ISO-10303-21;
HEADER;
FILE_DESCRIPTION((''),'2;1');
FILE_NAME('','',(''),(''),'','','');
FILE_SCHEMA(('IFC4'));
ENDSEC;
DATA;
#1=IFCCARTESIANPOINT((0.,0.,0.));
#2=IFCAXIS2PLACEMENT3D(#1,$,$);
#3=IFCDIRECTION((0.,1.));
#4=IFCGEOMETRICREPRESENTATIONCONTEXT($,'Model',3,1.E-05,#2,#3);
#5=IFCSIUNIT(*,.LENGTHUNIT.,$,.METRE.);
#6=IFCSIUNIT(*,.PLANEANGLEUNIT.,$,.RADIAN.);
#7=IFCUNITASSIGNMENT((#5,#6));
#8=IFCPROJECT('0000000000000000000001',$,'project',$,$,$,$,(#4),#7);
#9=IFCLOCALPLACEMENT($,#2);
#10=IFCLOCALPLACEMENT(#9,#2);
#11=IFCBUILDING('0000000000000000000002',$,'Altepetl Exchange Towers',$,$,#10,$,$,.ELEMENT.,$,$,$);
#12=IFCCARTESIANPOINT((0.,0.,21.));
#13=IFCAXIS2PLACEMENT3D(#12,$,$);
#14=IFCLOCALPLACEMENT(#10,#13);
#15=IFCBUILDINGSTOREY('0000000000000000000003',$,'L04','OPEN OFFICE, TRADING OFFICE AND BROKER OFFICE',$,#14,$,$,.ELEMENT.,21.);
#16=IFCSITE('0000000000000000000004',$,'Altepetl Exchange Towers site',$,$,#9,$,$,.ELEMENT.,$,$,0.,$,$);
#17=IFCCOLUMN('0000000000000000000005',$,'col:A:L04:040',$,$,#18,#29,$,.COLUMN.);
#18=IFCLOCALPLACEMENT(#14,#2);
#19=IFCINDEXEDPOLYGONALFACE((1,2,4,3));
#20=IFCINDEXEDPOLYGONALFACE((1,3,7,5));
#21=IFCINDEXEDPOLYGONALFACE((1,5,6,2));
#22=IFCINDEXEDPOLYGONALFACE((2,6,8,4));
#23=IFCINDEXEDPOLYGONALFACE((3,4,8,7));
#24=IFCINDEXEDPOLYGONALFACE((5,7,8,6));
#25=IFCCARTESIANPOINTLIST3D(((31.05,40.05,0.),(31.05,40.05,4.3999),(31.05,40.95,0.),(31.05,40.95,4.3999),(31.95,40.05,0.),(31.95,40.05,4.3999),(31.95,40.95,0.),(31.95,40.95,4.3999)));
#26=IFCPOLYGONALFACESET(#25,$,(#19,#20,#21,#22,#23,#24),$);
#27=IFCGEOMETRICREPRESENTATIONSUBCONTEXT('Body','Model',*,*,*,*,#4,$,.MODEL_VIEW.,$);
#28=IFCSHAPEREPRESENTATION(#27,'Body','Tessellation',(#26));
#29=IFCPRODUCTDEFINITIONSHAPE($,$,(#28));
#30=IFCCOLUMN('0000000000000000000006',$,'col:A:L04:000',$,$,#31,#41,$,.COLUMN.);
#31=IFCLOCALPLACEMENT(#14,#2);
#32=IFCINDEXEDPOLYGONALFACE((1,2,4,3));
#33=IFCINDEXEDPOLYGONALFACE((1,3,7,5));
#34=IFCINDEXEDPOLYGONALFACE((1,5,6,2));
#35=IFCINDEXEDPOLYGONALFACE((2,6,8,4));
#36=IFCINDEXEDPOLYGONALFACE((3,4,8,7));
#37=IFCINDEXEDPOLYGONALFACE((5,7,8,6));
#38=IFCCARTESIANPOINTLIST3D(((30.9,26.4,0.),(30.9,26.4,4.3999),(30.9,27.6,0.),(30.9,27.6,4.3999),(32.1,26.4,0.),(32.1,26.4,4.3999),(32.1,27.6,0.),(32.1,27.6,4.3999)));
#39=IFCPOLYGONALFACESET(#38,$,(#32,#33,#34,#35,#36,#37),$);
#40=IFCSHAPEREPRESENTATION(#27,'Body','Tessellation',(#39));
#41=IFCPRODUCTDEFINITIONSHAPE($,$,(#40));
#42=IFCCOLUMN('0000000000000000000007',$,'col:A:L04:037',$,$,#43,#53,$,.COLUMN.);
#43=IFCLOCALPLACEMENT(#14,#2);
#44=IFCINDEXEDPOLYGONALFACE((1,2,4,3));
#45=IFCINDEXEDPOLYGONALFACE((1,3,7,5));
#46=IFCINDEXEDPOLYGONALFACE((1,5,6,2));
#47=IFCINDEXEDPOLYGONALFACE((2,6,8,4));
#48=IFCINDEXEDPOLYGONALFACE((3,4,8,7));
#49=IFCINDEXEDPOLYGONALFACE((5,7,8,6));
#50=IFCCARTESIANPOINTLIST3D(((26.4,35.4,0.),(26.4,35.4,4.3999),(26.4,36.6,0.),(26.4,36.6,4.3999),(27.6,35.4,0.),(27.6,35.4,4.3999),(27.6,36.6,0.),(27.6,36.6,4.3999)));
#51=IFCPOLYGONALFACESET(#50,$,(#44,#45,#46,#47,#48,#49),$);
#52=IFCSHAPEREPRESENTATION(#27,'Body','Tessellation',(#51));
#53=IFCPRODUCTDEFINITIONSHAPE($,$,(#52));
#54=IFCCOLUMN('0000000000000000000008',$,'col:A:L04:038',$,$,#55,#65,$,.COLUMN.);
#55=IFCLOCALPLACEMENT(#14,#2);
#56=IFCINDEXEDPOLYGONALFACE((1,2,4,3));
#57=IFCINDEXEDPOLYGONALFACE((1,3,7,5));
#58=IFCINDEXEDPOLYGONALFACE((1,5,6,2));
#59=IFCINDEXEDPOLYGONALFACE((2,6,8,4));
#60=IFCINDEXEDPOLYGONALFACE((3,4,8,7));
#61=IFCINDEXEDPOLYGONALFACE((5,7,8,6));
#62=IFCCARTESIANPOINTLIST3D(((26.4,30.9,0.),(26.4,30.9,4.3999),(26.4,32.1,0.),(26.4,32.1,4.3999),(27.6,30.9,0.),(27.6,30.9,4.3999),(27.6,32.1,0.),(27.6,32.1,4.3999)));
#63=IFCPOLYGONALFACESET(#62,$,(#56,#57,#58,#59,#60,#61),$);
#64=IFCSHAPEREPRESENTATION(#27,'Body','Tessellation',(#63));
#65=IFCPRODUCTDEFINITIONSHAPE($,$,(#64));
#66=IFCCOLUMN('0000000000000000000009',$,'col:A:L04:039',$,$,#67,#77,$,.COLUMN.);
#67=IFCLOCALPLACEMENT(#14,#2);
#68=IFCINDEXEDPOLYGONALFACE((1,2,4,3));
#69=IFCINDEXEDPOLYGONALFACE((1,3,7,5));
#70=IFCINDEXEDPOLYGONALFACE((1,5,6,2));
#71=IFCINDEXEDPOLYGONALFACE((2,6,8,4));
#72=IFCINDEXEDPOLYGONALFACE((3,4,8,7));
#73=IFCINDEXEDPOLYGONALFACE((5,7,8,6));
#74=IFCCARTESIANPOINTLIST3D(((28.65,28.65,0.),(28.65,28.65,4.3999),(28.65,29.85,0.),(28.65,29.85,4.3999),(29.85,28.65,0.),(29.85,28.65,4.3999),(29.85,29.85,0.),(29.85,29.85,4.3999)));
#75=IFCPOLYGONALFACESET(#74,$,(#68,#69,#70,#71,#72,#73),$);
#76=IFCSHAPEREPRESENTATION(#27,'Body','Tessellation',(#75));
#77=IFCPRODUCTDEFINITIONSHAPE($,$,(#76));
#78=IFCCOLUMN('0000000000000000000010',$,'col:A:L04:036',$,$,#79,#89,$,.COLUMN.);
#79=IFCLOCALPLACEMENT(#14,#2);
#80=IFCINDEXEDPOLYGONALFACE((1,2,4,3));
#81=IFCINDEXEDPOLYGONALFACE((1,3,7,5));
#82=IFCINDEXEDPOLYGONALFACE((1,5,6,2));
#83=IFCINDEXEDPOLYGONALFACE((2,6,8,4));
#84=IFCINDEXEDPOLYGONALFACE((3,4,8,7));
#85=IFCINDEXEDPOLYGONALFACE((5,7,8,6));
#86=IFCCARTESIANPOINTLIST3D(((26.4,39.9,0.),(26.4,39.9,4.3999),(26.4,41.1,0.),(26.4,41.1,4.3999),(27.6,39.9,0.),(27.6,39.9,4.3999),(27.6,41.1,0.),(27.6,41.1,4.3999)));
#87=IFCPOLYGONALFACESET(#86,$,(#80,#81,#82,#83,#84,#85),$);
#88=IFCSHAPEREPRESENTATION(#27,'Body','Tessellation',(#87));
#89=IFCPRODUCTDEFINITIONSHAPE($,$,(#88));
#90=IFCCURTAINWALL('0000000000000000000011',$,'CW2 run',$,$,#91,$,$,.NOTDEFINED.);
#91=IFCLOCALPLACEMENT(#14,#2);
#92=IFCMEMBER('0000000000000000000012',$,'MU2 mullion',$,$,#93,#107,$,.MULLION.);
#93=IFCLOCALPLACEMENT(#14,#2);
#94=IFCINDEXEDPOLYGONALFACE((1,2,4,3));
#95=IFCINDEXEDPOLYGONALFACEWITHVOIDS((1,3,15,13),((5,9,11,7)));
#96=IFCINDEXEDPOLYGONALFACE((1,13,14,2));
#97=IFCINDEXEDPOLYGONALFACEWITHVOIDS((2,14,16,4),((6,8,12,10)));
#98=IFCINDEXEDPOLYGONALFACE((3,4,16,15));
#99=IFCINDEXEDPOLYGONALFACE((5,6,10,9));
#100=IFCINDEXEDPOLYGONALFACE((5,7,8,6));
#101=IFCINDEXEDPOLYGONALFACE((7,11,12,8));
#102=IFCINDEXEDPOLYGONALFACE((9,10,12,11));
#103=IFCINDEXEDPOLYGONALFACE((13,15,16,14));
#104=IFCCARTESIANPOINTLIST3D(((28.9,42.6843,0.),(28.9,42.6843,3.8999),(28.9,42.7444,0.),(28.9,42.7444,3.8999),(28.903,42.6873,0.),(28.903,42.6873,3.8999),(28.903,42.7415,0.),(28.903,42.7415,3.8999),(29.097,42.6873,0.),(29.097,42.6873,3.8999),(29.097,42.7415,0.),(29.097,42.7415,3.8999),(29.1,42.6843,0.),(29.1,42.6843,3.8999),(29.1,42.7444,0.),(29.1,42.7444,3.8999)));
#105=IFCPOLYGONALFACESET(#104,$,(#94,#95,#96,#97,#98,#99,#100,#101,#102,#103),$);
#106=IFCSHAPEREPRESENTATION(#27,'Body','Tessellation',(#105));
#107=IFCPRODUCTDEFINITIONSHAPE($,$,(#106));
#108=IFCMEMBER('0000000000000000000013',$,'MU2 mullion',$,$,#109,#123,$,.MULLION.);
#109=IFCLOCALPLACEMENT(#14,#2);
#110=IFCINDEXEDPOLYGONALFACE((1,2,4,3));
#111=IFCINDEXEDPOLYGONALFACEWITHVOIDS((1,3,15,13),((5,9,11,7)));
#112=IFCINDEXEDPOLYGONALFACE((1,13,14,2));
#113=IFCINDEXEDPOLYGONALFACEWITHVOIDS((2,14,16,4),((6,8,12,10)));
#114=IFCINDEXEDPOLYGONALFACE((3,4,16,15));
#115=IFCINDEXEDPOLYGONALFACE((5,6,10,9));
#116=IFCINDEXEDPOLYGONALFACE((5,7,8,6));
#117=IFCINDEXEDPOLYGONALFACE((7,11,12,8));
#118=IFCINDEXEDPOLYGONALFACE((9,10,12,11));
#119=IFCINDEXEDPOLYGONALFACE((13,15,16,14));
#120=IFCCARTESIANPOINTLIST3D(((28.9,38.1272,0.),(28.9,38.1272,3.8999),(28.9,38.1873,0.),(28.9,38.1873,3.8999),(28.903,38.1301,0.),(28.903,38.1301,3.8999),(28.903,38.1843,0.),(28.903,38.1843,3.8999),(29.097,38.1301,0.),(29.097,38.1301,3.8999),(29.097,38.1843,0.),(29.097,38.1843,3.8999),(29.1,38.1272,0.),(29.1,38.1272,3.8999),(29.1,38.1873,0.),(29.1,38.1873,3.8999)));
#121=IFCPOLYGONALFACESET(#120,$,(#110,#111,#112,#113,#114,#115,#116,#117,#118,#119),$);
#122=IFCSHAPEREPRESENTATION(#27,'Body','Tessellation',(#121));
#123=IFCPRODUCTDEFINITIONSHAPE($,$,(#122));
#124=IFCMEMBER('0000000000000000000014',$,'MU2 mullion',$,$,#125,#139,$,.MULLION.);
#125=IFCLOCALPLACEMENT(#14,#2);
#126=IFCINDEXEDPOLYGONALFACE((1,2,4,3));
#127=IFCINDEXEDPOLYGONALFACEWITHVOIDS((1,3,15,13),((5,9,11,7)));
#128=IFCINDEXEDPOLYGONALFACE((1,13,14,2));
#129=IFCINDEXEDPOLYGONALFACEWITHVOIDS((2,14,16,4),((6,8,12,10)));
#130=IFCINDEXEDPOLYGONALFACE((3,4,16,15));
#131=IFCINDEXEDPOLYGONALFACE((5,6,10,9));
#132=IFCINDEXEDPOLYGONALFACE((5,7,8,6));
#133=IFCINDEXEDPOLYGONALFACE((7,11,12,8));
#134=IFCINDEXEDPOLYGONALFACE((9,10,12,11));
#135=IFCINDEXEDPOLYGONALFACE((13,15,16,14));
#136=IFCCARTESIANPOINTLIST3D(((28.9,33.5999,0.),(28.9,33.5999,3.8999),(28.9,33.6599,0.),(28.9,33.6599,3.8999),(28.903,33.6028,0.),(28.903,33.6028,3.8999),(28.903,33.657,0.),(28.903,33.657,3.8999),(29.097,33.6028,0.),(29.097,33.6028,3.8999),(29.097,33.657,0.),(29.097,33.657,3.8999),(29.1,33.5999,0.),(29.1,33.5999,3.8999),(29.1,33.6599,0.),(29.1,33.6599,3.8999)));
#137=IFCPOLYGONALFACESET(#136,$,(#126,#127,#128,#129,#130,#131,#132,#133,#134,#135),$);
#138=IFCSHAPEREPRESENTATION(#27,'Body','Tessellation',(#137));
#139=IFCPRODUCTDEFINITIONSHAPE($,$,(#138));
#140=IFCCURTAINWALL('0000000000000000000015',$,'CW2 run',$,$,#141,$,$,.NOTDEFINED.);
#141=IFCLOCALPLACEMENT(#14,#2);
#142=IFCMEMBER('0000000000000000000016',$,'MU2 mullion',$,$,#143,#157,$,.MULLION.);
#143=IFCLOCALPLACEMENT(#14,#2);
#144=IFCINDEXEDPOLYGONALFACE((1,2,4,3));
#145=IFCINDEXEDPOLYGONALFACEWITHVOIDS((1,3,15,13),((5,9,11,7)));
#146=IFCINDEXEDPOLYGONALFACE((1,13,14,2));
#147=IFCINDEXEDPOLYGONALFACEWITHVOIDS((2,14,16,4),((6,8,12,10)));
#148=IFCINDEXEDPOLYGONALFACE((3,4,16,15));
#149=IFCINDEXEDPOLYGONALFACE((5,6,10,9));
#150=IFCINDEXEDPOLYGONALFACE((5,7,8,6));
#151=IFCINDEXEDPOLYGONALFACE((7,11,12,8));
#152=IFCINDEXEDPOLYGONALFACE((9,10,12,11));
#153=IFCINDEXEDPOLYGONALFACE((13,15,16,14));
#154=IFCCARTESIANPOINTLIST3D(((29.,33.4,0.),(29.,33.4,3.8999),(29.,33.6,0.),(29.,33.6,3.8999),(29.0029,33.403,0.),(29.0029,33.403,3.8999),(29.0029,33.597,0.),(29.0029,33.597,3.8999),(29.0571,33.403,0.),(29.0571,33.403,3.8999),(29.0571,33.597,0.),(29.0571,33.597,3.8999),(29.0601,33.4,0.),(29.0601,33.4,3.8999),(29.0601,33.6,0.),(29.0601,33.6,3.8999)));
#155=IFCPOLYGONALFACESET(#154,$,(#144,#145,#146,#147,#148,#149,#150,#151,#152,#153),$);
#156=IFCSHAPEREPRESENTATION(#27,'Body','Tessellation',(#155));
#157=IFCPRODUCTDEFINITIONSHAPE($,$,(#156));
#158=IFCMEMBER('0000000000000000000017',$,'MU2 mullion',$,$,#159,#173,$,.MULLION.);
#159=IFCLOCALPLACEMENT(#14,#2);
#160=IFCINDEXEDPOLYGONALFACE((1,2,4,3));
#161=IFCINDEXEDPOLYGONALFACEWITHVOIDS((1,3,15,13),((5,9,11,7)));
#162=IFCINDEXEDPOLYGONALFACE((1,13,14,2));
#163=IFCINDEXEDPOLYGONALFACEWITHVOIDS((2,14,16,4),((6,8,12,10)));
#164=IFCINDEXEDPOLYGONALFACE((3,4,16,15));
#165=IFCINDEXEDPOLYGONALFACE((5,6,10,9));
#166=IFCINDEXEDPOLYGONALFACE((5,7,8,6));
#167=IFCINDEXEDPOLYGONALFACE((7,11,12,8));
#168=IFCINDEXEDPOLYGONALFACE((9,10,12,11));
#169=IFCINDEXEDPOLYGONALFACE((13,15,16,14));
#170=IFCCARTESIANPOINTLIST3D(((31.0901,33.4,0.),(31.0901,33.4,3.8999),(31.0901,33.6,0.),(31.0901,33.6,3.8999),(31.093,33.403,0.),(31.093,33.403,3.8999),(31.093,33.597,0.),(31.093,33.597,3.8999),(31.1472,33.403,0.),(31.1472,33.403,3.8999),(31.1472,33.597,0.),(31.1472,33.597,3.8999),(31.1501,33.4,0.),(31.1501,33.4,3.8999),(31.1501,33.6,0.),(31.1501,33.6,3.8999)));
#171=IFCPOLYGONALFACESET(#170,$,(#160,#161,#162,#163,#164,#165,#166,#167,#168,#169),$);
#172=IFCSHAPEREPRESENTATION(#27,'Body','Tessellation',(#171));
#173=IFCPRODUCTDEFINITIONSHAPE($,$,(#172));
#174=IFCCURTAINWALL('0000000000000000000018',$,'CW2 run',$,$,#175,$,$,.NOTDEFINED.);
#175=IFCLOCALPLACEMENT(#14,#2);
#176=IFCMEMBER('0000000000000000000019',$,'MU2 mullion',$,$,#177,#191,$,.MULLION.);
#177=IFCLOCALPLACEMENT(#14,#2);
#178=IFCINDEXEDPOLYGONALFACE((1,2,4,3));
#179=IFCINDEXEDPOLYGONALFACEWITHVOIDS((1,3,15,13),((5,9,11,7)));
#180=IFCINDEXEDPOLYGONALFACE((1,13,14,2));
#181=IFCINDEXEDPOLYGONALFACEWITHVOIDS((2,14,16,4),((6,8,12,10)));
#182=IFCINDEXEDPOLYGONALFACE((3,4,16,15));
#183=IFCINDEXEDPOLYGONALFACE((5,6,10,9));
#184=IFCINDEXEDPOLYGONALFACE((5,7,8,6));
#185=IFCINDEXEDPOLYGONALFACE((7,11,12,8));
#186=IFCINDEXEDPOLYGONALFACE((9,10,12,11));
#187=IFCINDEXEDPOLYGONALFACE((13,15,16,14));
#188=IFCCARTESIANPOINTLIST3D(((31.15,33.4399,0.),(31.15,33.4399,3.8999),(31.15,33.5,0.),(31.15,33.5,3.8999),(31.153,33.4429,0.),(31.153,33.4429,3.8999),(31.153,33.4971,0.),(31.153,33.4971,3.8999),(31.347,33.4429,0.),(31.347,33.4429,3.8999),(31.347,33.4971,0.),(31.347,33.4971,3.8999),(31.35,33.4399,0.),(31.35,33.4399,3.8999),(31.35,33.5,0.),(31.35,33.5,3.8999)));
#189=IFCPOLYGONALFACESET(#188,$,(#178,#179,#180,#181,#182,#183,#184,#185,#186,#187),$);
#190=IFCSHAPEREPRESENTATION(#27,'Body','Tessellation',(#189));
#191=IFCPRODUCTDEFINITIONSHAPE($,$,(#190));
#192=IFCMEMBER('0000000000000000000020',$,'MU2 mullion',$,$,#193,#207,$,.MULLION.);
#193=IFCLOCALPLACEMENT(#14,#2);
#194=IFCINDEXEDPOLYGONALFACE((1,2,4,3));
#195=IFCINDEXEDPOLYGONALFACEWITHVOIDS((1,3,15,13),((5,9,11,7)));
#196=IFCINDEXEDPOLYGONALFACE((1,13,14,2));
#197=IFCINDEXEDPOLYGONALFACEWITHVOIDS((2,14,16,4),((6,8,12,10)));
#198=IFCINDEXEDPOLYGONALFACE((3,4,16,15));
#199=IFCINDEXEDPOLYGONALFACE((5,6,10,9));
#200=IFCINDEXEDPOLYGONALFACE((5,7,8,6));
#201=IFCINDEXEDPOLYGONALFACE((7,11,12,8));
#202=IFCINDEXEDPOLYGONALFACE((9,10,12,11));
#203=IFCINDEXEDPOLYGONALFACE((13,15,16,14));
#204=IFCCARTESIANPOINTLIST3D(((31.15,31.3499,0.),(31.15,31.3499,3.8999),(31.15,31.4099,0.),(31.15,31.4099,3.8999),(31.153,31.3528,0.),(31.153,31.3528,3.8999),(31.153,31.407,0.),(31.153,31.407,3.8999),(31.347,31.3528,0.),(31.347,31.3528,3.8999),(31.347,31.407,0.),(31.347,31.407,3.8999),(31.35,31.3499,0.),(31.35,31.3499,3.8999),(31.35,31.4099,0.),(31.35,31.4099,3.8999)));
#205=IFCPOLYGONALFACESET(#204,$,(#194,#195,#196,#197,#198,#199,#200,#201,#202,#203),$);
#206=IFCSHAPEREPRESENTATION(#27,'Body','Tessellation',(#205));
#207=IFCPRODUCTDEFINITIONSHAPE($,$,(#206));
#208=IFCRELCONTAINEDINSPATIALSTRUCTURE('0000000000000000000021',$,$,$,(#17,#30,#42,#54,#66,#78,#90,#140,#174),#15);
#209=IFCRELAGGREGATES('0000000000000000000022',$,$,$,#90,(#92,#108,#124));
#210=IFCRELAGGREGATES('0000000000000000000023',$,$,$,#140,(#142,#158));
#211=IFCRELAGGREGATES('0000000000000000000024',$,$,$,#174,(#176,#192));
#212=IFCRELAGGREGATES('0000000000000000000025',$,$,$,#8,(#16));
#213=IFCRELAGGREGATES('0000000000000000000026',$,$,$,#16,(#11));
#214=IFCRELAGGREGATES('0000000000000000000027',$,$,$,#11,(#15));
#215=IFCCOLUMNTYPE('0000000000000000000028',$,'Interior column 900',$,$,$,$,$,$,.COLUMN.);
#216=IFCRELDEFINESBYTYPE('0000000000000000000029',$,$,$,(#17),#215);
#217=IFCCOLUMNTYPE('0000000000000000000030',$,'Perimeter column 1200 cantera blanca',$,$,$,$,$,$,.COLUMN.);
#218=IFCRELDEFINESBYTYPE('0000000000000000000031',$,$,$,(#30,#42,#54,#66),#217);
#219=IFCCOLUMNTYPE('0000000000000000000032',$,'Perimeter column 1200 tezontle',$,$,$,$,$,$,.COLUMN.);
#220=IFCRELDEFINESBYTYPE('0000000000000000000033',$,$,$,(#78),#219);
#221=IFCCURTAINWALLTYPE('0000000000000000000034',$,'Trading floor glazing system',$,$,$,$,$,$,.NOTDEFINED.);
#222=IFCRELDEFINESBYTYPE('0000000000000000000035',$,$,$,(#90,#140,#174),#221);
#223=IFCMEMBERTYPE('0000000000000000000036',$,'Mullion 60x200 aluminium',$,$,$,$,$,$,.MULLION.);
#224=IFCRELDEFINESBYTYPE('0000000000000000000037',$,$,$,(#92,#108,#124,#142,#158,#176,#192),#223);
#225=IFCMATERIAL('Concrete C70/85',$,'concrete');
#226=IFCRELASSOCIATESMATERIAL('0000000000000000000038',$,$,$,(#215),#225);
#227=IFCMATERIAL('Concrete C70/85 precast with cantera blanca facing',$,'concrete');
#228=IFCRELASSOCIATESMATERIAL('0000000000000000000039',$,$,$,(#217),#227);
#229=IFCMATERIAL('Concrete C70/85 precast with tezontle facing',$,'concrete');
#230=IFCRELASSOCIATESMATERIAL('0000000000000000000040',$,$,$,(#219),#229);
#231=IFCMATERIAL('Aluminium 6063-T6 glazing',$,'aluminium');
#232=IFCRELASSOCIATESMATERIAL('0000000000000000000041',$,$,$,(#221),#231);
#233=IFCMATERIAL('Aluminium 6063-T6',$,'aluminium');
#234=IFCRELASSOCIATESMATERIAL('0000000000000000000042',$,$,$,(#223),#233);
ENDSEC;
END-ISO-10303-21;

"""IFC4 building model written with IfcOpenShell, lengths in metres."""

from ifc_helpers import new_model, si_unit, direction, frame, origin, origin_2d, place, context, subcontext, project, spatial, rectangle, hollow_rectangle, extrude, material, material_profile, profile_set, type_object, element, aggregate, save


model = new_model("IFC4")

# Units and contexts
model_context = context("Model", 3, precision=1e-05, world=origin(), true_north=direction((0.0, 1.0)))
body_context = subcontext(model_context, "Body", "Model", "MODEL_VIEW")
ifc_project = project(units=[si_unit("LENGTHUNIT", "METRE"), si_unit("PLANEANGLEUNIT", "RADIAN")], contexts=[model_context])

# Site, building, storey
site_placement = place(None, origin())
site = spatial("IfcSite", under=ifc_project, at=site_placement, Name="Altepetl Exchange Towers site", CompositionType="ELEMENT", RefElevation=0.0)
building_placement = place(site_placement, origin())
building = spatial("IfcBuilding", under=site, at=building_placement, Name="Altepetl Exchange Towers", CompositionType="ELEMENT")
storey_placement = place(building_placement, frame((0.0, 0.0, 21.0)))
storey = spatial("IfcBuildingStorey", under=building, at=storey_placement, Name="L04", Description="OPEN OFFICE, TRADING OFFICE AND BROKER OFFICE", CompositionType="ELEMENT", Elevation=21.0)

# Columns
ifc_material_1 = material(Name="Concrete C70/85", Category="concrete")
ifc_material_profile_1 = material_profile(ifc_material_1, rectangle(XDim=0.8999, YDim=0.8999, at=origin_2d()), Name="900 x 900")
ifc_profile_set_1 = profile_set([ifc_material_profile_1], Name="Concrete C70/85")
column_type_1 = type_object("IfcColumnType", Name="Interior column 900", PredefinedType="COLUMN", material=ifc_profile_set_1)
column_1_placement = place(storey_placement, frame((31.5, 40.5, 0.0)))
element("IfcColumn", 1, at=column_1_placement, inside=storey, type_object=column_type_1, Name="col:A:L04:040", PredefinedType="COLUMN", context=body_context, shape_type="SweptSolid", body=[
    extrude(rectangle(XDim=0.8999, YDim=0.8999, at=origin_2d()), origin(), (0.0, 0.0, 1.0), 4.3999),
])
ifc_material_2 = material(Name="Concrete C70/85 precast with cantera blanca facing", Category="concrete")
ifc_material_profile_2 = material_profile(ifc_material_2, rectangle(XDim=1.2, YDim=1.2, at=origin_2d()), Name="1200 x 1200")
ifc_profile_set_2 = profile_set([ifc_material_profile_2], Name="Concrete C70/85 precast with cantera blanca facing")
column_type_2 = type_object("IfcColumnType", Name="Perimeter column 1200 cantera blanca", PredefinedType="COLUMN", material=ifc_profile_set_2)
for number, where, name in (
    (2, (31.5, 27.0, 0.0), "col:A:L04:000"),
    (3, (27.0, 36.0, 0.0), "col:A:L04:037"),
    (4, (27.0, 31.5, 0.0), "col:A:L04:038"),
    (5, (29.25, 29.25, 0.0), "col:A:L04:039"),
):
    element("IfcColumn", number, at=place(storey_placement, frame(where)), inside=storey, type_object=column_type_2, Name=name, PredefinedType="COLUMN", context=body_context, shape_type="SweptSolid", body=[
        extrude(rectangle(XDim=1.2, YDim=1.2, at=origin_2d()), origin(), (0.0, 0.0, 1.0), 4.3999),
    ])
ifc_material_3 = material(Name="Concrete C70/85 precast with tezontle facing", Category="concrete")
ifc_material_profile_3 = material_profile(ifc_material_3, rectangle(XDim=1.2, YDim=1.2, at=origin_2d()), Name="1200 x 1200")
ifc_profile_set_3 = profile_set([ifc_material_profile_3], Name="Concrete C70/85 precast with tezontle facing")
column_type_3 = type_object("IfcColumnType", Name="Perimeter column 1200 tezontle", PredefinedType="COLUMN", material=ifc_profile_set_3)
column_2_placement = place(storey_placement, frame((27.0, 40.5, 0.0)))
element("IfcColumn", 6, at=column_2_placement, inside=storey, type_object=column_type_3, Name="col:A:L04:036", PredefinedType="COLUMN", context=body_context, shape_type="SweptSolid", body=[
    extrude(rectangle(XDim=1.2, YDim=1.2, at=origin_2d()), origin(), (0.0, 0.0, 1.0), 4.3999),
])

# Curtain walls, members
ifc_material_4 = material(Name="Aluminium 6063-T6 glazing", Category="aluminium")
curtain_wall_type = type_object("IfcCurtainWallType", Name="Trading floor glazing system", PredefinedType="NOTDEFINED", material=ifc_material_4)
curtain_wall_1_placement = place(storey_placement, origin())
curtain_wall_1 = element("IfcCurtainWall", 7, at=curtain_wall_1_placement, inside=storey, type_object=curtain_wall_type, Name="CW2 run", PredefinedType="NOTDEFINED")
ifc_material_5 = material(Name="Aluminium 6063-T6", Category="aluminium")
ifc_material_profile_4 = material_profile(ifc_material_5, hollow_rectangle(XDim=0.0601, YDim=0.2, WallThickness=0.0029, at=origin_2d()), Name="Mullion 60x200 aluminium")
ifc_profile_set_4 = profile_set([ifc_material_profile_4], Name="Aluminium 6063-T6")
member_type = type_object("IfcMemberType", Name="Mullion 60x200 aluminium", PredefinedType="MULLION", material=ifc_profile_set_4)
member_1_placement = place(storey_placement, frame((29.0, 42.7144, 0.0), z_axis=(0.0, 0.0, 1.0), x_axis=(0.0, -1.0, 0.0)))
member_1 = element("IfcMember", 8, at=member_1_placement, type_object=member_type, Name="MU2 mullion", PredefinedType="MULLION", context=body_context, shape_type="SweptSolid", body=[
    extrude(hollow_rectangle(XDim=0.0601, YDim=0.2, WallThickness=0.0029, at=origin_2d()), origin(), (0.0, 0.0, 1.0), 3.8999),
])
member_2_placement = place(storey_placement, frame((29.0, 38.1572, 0.0), z_axis=(0.0, 0.0, 1.0), x_axis=(0.0, -1.0, 0.0)))
member_2 = element("IfcMember", 9, at=member_2_placement, type_object=member_type, Name="MU2 mullion", PredefinedType="MULLION", context=body_context, shape_type="SweptSolid", body=[
    extrude(hollow_rectangle(XDim=0.0601, YDim=0.2, WallThickness=0.0029, at=origin_2d()), origin(), (0.0, 0.0, 1.0), 3.8999),
])
member_3_placement = place(storey_placement, frame((29.0, 33.6299, 0.0), z_axis=(0.0, 0.0, 1.0), x_axis=(0.0, -1.0, 0.0)))
member_3 = element("IfcMember", 10, at=member_3_placement, type_object=member_type, Name="MU2 mullion", PredefinedType="MULLION", context=body_context, shape_type="SweptSolid", body=[
    extrude(hollow_rectangle(XDim=0.0601, YDim=0.2, WallThickness=0.0029, at=origin_2d()), origin(), (0.0, 0.0, 1.0), 3.8999),
])
curtain_wall_2_placement = place(storey_placement, origin())
curtain_wall_2 = element("IfcCurtainWall", 11, at=curtain_wall_2_placement, inside=storey, type_object=curtain_wall_type, Name="CW2 run", PredefinedType="NOTDEFINED")
member_4_placement = place(storey_placement, frame((29.03, 33.5, 0.0)))
member_4 = element("IfcMember", 12, at=member_4_placement, type_object=member_type, Name="MU2 mullion", PredefinedType="MULLION", context=body_context, shape_type="SweptSolid", body=[
    extrude(hollow_rectangle(XDim=0.0601, YDim=0.2, WallThickness=0.0029, at=origin_2d()), origin(), (0.0, 0.0, 1.0), 3.8999),
])
member_5_placement = place(storey_placement, frame((31.1201, 33.5, 0.0)))
member_5 = element("IfcMember", 13, at=member_5_placement, type_object=member_type, Name="MU2 mullion", PredefinedType="MULLION", context=body_context, shape_type="SweptSolid", body=[
    extrude(hollow_rectangle(XDim=0.0601, YDim=0.2, WallThickness=0.0029, at=origin_2d()), origin(), (0.0, 0.0, 1.0), 3.8999),
])
curtain_wall_3_placement = place(storey_placement, origin())
curtain_wall_3 = element("IfcCurtainWall", 14, at=curtain_wall_3_placement, inside=storey, type_object=curtain_wall_type, Name="CW2 run", PredefinedType="NOTDEFINED")
member_6_placement = place(storey_placement, frame((31.25, 33.47, 0.0), z_axis=(0.0, 0.0, 1.0), x_axis=(0.0, -1.0, 0.0)))
member_6 = element("IfcMember", 15, at=member_6_placement, type_object=member_type, Name="MU2 mullion", PredefinedType="MULLION", context=body_context, shape_type="SweptSolid", body=[
    extrude(hollow_rectangle(XDim=0.0601, YDim=0.2, WallThickness=0.0029, at=origin_2d()), origin(), (0.0, 0.0, 1.0), 3.8999),
])
member_7_placement = place(storey_placement, frame((31.25, 31.3799, 0.0), z_axis=(0.0, 0.0, 1.0), x_axis=(0.0, -1.0, 0.0)))
member_7 = element("IfcMember", 16, at=member_7_placement, type_object=member_type, Name="MU2 mullion", PredefinedType="MULLION", context=body_context, shape_type="SweptSolid", body=[
    extrude(hollow_rectangle(XDim=0.0601, YDim=0.2, WallThickness=0.0029, at=origin_2d()), origin(), (0.0, 0.0, 1.0), 3.8999),
])

aggregate(curtain_wall_1, [member_1, member_2, member_3])
aggregate(curtain_wall_2, [member_4, member_5])
aggregate(curtain_wall_3, [member_6, member_7])

save(model, "model.ifc")
